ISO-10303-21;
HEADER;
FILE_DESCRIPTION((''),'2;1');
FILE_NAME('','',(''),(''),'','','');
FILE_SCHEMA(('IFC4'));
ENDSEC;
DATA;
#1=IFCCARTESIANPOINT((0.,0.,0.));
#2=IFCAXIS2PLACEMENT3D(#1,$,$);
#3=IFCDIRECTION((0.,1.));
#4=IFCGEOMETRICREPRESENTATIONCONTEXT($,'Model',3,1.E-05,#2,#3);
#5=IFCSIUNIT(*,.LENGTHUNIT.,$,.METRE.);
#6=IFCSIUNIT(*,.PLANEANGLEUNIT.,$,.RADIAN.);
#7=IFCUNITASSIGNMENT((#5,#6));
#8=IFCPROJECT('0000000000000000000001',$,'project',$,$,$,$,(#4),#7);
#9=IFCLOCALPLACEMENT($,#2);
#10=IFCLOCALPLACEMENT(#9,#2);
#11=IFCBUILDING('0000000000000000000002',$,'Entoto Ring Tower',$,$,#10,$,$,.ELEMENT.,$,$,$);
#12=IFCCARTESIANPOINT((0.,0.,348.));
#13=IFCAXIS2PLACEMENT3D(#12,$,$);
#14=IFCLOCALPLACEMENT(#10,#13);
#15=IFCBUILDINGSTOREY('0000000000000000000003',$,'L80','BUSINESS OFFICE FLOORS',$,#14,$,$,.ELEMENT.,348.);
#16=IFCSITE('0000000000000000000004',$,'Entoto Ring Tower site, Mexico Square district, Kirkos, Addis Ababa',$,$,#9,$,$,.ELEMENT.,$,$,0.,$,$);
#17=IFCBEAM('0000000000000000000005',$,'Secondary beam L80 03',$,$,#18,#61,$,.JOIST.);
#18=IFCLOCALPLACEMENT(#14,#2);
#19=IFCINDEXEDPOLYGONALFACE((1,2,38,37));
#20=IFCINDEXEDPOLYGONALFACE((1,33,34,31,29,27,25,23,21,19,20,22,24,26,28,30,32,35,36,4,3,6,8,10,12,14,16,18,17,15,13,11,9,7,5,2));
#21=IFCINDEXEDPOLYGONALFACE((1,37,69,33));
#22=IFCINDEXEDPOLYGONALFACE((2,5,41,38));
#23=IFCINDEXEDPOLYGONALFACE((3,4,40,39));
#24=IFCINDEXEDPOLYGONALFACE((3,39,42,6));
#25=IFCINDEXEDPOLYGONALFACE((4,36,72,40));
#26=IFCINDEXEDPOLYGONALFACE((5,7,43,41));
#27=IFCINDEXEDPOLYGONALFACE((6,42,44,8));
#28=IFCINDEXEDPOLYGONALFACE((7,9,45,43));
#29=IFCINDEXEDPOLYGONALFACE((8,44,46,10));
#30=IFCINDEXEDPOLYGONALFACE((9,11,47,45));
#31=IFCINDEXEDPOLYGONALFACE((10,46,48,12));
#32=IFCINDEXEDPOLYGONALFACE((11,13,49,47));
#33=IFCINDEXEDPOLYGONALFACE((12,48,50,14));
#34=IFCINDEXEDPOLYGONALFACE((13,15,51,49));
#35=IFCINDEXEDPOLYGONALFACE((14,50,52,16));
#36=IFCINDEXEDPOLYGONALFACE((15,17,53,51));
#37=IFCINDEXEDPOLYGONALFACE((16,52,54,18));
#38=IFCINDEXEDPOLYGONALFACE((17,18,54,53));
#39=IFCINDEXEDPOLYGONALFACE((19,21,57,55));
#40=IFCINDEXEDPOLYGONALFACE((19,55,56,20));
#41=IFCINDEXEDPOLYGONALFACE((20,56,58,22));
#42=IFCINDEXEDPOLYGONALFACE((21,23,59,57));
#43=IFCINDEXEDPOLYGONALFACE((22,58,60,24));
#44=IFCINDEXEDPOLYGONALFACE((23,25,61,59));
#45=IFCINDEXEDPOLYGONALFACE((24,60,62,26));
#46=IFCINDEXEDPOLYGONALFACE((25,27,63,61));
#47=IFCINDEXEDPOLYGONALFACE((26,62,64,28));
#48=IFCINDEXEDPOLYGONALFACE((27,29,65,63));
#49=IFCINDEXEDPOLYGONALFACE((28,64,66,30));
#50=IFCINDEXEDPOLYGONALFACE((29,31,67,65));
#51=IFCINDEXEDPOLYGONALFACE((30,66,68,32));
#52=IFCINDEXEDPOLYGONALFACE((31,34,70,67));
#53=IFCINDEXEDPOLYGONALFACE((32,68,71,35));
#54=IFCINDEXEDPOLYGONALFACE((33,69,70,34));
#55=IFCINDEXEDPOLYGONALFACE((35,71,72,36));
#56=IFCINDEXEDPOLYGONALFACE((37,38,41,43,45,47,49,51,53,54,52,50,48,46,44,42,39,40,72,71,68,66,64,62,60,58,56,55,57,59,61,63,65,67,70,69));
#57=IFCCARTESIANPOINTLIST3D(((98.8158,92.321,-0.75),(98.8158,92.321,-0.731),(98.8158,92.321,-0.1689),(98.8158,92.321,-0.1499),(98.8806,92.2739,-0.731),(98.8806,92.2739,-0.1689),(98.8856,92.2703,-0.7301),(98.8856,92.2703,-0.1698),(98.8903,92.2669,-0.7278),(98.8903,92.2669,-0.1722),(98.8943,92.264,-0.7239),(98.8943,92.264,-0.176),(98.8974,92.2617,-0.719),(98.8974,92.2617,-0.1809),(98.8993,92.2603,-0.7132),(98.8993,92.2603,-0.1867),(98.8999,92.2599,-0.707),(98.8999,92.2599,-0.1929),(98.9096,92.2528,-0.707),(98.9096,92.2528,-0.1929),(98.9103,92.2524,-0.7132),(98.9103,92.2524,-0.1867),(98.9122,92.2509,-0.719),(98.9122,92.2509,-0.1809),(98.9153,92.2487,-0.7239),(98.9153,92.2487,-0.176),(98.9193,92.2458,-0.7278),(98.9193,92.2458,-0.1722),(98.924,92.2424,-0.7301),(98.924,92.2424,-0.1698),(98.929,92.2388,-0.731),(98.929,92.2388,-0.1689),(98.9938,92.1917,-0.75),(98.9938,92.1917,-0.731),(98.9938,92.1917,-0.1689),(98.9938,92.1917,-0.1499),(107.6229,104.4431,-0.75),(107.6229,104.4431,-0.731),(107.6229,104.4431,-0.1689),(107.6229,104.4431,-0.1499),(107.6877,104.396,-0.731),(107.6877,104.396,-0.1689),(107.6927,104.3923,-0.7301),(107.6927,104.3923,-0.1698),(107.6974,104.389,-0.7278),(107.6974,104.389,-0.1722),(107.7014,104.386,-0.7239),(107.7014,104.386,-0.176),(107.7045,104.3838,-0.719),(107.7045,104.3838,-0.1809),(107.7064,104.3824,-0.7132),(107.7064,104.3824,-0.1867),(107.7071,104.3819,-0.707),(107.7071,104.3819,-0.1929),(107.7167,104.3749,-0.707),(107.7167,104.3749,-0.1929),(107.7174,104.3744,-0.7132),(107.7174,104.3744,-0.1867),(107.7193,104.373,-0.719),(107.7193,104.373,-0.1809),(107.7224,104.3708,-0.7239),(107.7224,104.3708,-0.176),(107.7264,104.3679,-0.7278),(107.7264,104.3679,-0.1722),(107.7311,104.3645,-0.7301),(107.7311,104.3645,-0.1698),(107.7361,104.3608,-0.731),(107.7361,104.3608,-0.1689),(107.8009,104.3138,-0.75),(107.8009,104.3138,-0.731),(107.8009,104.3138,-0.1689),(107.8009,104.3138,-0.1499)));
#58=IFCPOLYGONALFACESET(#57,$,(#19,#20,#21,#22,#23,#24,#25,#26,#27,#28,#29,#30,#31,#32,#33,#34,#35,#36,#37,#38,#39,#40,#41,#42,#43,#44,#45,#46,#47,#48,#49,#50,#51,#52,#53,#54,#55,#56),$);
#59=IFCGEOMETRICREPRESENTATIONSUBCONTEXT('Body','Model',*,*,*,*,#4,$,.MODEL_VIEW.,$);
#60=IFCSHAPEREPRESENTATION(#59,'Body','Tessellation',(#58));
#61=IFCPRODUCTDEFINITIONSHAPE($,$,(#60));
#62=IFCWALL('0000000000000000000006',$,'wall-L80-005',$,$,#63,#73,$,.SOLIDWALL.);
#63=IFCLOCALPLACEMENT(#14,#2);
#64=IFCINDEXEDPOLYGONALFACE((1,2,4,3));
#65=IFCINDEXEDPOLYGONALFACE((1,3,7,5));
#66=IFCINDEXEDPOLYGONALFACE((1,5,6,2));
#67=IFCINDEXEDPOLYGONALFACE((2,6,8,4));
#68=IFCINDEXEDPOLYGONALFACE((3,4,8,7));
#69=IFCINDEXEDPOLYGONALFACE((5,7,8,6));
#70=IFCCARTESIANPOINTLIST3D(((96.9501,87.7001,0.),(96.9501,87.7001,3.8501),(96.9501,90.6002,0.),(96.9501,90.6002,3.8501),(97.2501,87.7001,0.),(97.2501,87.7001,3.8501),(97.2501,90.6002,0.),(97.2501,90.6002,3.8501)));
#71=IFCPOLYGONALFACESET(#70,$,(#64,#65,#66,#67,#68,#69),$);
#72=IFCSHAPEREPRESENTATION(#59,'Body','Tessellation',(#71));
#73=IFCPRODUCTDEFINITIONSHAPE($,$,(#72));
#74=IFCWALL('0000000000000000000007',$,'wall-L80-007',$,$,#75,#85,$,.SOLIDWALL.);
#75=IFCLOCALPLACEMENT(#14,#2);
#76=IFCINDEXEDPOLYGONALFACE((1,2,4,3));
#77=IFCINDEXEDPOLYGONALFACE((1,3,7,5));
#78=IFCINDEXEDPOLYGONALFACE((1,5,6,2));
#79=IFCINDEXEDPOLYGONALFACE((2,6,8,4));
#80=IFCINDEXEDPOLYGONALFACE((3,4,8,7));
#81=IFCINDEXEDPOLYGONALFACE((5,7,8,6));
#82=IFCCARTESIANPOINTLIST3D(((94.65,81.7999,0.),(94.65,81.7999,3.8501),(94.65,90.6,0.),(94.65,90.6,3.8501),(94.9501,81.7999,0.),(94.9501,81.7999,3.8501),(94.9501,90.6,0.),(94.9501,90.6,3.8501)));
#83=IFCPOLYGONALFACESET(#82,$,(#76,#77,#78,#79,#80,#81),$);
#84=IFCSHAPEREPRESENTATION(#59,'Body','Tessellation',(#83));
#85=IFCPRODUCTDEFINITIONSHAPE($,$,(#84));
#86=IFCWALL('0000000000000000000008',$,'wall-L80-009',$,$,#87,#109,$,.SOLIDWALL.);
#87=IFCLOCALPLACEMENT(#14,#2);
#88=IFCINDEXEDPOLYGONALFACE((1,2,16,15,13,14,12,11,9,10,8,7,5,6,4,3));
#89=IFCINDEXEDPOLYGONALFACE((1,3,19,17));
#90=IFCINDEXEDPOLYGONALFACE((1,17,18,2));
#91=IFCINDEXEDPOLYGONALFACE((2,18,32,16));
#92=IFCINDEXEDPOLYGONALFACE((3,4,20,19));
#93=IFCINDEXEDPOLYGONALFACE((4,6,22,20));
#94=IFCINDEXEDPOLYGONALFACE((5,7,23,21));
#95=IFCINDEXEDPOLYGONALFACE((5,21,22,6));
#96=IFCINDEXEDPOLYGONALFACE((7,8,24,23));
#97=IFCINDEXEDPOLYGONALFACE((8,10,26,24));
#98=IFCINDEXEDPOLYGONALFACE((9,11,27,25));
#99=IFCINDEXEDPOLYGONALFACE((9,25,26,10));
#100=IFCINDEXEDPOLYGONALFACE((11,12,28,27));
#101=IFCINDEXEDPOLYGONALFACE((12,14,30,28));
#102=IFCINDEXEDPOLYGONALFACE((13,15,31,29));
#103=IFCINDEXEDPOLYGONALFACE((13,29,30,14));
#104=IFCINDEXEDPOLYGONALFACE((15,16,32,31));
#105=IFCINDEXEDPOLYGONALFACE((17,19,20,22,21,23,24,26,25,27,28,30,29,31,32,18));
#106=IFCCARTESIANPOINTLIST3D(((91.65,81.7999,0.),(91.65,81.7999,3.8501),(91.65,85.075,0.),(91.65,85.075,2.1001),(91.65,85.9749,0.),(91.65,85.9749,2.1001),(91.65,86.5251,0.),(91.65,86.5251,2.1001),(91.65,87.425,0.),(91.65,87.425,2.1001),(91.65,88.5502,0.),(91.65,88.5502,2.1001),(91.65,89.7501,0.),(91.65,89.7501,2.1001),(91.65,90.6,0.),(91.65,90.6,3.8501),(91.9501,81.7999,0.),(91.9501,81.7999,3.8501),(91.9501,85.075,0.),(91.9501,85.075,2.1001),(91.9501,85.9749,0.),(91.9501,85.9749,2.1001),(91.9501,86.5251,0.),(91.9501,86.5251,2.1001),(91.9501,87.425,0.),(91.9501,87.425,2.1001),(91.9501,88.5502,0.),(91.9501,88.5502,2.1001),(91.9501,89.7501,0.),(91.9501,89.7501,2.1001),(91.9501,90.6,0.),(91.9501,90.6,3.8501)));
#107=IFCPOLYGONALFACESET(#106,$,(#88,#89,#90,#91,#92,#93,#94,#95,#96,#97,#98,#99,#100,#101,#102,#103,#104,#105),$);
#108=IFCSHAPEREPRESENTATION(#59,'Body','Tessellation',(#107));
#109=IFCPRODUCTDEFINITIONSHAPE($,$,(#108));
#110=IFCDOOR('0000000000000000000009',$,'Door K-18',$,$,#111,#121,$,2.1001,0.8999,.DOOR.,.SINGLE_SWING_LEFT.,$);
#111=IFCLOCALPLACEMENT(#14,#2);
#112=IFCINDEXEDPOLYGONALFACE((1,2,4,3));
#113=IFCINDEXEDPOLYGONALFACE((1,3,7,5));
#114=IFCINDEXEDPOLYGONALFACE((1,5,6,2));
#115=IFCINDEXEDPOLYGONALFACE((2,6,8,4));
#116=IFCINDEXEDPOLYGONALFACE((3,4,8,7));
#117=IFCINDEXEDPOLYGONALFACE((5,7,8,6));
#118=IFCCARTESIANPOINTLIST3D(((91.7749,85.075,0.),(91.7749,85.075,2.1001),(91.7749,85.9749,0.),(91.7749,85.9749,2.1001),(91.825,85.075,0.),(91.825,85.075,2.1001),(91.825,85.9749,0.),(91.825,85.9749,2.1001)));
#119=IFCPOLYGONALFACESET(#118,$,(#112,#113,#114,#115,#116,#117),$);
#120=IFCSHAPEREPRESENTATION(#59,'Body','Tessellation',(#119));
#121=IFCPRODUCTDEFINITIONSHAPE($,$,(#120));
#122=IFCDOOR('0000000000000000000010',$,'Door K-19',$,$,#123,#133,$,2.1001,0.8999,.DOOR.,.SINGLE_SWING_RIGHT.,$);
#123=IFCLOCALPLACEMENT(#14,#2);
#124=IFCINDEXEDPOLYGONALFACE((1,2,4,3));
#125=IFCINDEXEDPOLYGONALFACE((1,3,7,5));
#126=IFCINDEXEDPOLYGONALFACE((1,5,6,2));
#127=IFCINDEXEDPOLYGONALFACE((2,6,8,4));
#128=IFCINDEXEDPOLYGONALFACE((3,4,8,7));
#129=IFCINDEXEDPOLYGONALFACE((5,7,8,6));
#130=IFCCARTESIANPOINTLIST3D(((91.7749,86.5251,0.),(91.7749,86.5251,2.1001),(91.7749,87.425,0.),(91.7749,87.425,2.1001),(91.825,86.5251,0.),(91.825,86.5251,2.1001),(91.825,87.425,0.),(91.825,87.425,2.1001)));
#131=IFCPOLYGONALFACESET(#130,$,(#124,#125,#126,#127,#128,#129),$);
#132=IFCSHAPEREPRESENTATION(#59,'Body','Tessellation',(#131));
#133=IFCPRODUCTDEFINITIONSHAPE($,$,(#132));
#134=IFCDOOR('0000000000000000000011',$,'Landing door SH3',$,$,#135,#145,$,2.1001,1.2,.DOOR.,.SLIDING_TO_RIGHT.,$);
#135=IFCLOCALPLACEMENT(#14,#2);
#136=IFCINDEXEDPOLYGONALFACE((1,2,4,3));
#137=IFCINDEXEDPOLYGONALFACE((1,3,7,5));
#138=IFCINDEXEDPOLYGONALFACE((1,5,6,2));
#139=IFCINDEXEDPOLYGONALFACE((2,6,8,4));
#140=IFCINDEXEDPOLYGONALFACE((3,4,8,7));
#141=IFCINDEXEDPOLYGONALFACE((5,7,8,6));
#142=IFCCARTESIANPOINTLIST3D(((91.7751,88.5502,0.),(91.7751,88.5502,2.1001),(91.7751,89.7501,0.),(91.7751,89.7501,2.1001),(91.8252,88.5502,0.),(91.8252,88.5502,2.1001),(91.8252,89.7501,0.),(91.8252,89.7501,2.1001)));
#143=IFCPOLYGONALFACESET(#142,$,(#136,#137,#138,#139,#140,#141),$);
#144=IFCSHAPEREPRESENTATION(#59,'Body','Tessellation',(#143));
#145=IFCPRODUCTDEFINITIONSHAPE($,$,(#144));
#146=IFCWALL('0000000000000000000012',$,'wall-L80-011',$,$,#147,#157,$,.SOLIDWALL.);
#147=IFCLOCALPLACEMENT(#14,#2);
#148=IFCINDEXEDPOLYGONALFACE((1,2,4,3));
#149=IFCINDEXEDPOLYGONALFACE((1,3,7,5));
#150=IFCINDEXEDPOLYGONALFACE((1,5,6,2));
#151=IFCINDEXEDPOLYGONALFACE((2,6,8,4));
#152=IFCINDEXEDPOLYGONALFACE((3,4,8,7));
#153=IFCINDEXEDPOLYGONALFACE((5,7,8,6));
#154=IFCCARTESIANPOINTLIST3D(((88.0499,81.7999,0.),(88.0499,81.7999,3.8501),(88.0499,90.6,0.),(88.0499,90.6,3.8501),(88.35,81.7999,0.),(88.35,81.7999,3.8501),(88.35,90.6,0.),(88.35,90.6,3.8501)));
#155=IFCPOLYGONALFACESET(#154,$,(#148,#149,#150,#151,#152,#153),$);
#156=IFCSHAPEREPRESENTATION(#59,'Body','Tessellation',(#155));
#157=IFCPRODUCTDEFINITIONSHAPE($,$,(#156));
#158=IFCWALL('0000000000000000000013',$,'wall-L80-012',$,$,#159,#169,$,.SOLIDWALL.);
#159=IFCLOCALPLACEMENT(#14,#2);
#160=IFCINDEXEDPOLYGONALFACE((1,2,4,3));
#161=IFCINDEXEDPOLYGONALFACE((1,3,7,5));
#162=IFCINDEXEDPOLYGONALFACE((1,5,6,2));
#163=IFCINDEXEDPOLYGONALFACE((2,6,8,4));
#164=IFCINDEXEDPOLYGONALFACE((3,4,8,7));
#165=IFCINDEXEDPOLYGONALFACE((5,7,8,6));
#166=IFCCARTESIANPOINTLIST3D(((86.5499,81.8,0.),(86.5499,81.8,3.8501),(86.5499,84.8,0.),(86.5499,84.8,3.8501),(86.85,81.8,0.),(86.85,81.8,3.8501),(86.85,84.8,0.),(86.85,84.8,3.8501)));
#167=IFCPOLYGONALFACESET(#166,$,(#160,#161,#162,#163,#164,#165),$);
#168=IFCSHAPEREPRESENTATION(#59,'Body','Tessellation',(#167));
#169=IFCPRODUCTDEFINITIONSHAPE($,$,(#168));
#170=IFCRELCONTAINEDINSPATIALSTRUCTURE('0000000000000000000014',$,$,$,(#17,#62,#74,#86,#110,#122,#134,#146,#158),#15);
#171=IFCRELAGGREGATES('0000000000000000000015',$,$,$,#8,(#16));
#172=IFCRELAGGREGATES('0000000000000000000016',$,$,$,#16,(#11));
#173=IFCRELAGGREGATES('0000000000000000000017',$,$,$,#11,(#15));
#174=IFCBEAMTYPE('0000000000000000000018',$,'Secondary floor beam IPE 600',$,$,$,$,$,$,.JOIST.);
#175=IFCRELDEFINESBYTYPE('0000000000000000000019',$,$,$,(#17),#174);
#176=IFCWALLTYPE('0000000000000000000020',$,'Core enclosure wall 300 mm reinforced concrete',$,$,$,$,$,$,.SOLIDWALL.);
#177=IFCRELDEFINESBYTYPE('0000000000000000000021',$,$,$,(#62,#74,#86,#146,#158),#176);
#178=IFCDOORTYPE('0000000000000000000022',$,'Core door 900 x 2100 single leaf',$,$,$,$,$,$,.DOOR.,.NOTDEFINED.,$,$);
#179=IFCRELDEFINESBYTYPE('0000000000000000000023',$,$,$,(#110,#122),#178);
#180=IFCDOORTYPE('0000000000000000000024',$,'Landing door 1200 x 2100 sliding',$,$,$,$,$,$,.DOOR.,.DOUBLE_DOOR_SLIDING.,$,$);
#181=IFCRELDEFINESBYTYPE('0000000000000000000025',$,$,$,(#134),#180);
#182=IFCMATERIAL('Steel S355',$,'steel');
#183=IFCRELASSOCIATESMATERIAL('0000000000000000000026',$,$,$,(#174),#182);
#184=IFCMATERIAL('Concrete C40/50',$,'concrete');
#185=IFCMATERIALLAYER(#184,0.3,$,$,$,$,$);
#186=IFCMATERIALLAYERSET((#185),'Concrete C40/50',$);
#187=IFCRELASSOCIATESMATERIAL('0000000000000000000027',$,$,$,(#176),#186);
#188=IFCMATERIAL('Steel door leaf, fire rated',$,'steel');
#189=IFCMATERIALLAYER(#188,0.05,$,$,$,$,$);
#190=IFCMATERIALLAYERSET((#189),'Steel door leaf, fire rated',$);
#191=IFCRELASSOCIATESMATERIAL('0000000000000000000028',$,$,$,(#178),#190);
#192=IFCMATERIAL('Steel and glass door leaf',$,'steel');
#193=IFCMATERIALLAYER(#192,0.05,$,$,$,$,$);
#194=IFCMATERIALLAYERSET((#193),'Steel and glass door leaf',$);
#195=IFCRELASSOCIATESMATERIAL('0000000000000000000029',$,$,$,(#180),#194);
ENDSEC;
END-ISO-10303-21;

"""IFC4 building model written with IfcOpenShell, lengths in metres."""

from ifc_helpers import new_model, si_unit, direction, frame, frame_2d, origin, origin_2d, place, context, subcontext, project, spatial, rectangle, i_section, extrude, material, layer, layer_set, material_profile, profile_set, type_object, element, fill, save


model = new_model("IFC4")

# Units and contexts
model_context = context("Model", 3, precision=1e-05, world=origin(), true_north=direction((0.0, 1.0)))
body_context = subcontext(model_context, "Body", "Model", "MODEL_VIEW")
ifc_project = project(units=[si_unit("LENGTHUNIT", "METRE"), si_unit("PLANEANGLEUNIT", "RADIAN")], contexts=[model_context])

# Site, building, storey
site_placement = place(None, origin())
site = spatial("IfcSite", under=ifc_project, at=site_placement, Name="Entoto Ring Tower site, Mexico Square district, Kirkos, Addis Ababa", CompositionType="ELEMENT", RefElevation=0.0)
building_placement = place(site_placement, origin())
building = spatial("IfcBuilding", under=site, at=building_placement, Name="Entoto Ring Tower", CompositionType="ELEMENT")
storey_placement = place(building_placement, frame((0.0, 0.0, 348.0)))
storey = spatial("IfcBuildingStorey", under=building, at=storey_placement, Name="L80", Description="BUSINESS OFFICE FLOORS", CompositionType="ELEMENT", Elevation=348.0)

# Beam
ifc_material_1 = material(Name="Steel S355", Category="steel")
ifc_material_profile = material_profile(ifc_material_1, i_section(OverallWidth=0.22, OverallDepth=0.6001, WebThickness=0.012, FlangeThickness=0.019, FilletRadius=0.0239, at=origin_2d()), Name="IPE 600")
ifc_profile_set = profile_set([ifc_material_profile], Name="Steel S355")
beam_type = type_object("IfcBeamType", Name="Secondary floor beam IPE 600", PredefinedType="JOIST", material=ifc_profile_set)
beam_placement = place(storey_placement, frame((98.9048, 92.2563, -0.45), z_axis=(0.587782, 0.809019, 0.0), x_axis=(-0.809019, 0.587782, 0.0)))
element("IfcBeam", 1, at=beam_placement, inside=storey, type_object=beam_type, Name="Secondary beam L80 03", PredefinedType="JOIST", context=body_context, shape_type="SweptSolid", body=[
    extrude(i_section(OverallWidth=0.22, OverallDepth=0.6001, WebThickness=0.012, FlangeThickness=0.019, FilletRadius=0.0239, at=origin_2d()), origin(), (0.0, 0.0, 1.0), 14.9836),
])

# Walls
ifc_material_2 = material(Name="Concrete C40/50", Category="concrete")
ifc_layer_1 = layer(ifc_material_2, 0.3)
ifc_layer_set_1 = layer_set([ifc_layer_1], Name="Concrete C40/50")
wall_type = type_object("IfcWallType", Name="Core enclosure wall 300 mm reinforced concrete", PredefinedType="SOLIDWALL", material=ifc_layer_set_1)
wall_1_placement = place(storey_placement, frame((97.1001, 87.7, 0.0), z_axis=(0.0, 0.0, 1.0), x_axis=(0.0, 1.0, 0.0)))
element("IfcWall", 2, at=wall_1_placement, inside=storey, type_object=wall_type, Name="wall-L80-005", PredefinedType="SOLIDWALL", context=body_context, shape_type="SweptSolid", body=[
    extrude(rectangle(XDim=2.9001, YDim=0.3, at=frame_2d((1.4502, 0.0))), origin(), (0.0, 0.0, 1.0), 3.8501),
])
wall_2_placement = place(storey_placement, frame((94.8, 81.8, 0.0), z_axis=(0.0, 0.0, 1.0), x_axis=(0.0, 1.0, 0.0)))
element("IfcWall", 3, at=wall_2_placement, inside=storey, type_object=wall_type, Name="wall-L80-007", PredefinedType="SOLIDWALL", context=body_context, shape_type="SweptSolid", body=[
    extrude(rectangle(XDim=8.8, YDim=0.3, at=frame_2d((4.3999, 0.0))), origin(), (0.0, 0.0, 1.0), 3.8501),
])

# Wall, openings, doors
wall_3_placement = place(storey_placement, frame((91.8, 81.8, 0.0), z_axis=(0.0, 0.0, 1.0), x_axis=(0.0, 1.0, 0.0)))
wall_3 = element("IfcWall", 4, at=wall_3_placement, inside=storey, type_object=wall_type, Name="wall-L80-009", PredefinedType="SOLIDWALL", context=body_context, shape_type="SweptSolid", body=[
    extrude(rectangle(XDim=8.8, YDim=0.3, at=frame_2d((4.3999, 0.0))), origin(), (0.0, 0.0, 1.0), 3.8501),
])
opening_1_placement = place(wall_3_placement, frame((6.75, 0.0, 0.0)))
opening_1 = element("IfcOpeningElement", 5, at=opening_1_placement, cuts=wall_3, PredefinedType="OPENING", context=body_context, shape_type="SweptSolid", body=[
    extrude(rectangle(XDim=1.2, YDim=2.1001, at=frame_2d((0.6001, 1.05))), frame((0.0, 0.1602, 0.0), z_axis=(0.0, -1.0, 0.0), x_axis=(1.0, 0.0, 0.0)), (0.0, 0.0, 1.0), 0.3201),
])
opening_2_placement = place(wall_3_placement, frame((3.2749, 0.0, 0.0)))
opening_2 = element("IfcOpeningElement", 6, at=opening_2_placement, cuts=wall_3, PredefinedType="OPENING", context=body_context, shape_type="SweptSolid", body=[
    extrude(rectangle(XDim=0.8999, YDim=2.1001, at=frame_2d((0.45, 1.05))), frame((0.0, 0.1602, 0.0), z_axis=(0.0, -1.0, 0.0), x_axis=(1.0, 0.0, 0.0)), (0.0, 0.0, 1.0), 0.3201),
])
opening_3_placement = place(wall_3_placement, frame((4.7251, 0.0, 0.0)))
opening_3 = element("IfcOpeningElement", 7, at=opening_3_placement, cuts=wall_3, PredefinedType="OPENING", context=body_context, shape_type="SweptSolid", body=[
    extrude(rectangle(XDim=0.8999, YDim=2.1001, at=frame_2d((0.45, 1.05))), frame((0.0, 0.1602, 0.0), z_axis=(0.0, -1.0, 0.0), x_axis=(1.0, 0.0, 0.0)), (0.0, 0.0, 1.0), 0.3201),
])
ifc_material_3 = material(Name="Steel door leaf, fire rated", Category="steel")
ifc_layer_2 = layer(ifc_material_3, 0.05)
ifc_layer_set_2 = layer_set([ifc_layer_2], Name="Steel door leaf, fire rated")
door_type_1 = type_object("IfcDoorType", Name="Core door 900 x 2100 single leaf", OperationType="NOTDEFINED", PredefinedType="DOOR", material=ifc_layer_set_2)
door_1_placement = place(opening_2_placement, frame((0.8999, 0.0, 0.0), z_axis=(0.0, 0.0, 1.0), x_axis=(-1.0, 0.0, 0.0)))
door_1 = element("IfcDoor", 8, at=door_1_placement, inside=storey, type_object=door_type_1, Name="Door K-18", OperationType="SINGLE_SWING_LEFT", OverallHeight=2.1001, OverallWidth=0.8999, PredefinedType="DOOR", context=body_context, shape_type="SweptSolid", body=[
    extrude(rectangle(XDim=0.8999, YDim=2.1001, at=frame_2d((0.45, 1.05))), frame((0.0, 0.0249, 0.0), z_axis=(0.0, -1.0, 0.0), x_axis=(1.0, 0.0, 0.0)), (0.0, 0.0, 1.0), 0.05),
])
fill(opening_2, door_1)
door_2_placement = place(opening_3_placement, frame((0.8999, 0.0, 0.0), z_axis=(0.0, 0.0, 1.0), x_axis=(-1.0, 0.0, 0.0)))
door_2 = element("IfcDoor", 9, at=door_2_placement, inside=storey, type_object=door_type_1, Name="Door K-19", OperationType="SINGLE_SWING_RIGHT", OverallHeight=2.1001, OverallWidth=0.8999, PredefinedType="DOOR", context=body_context, shape_type="SweptSolid", body=[
    extrude(rectangle(XDim=0.8999, YDim=2.1001, at=frame_2d((0.45, 1.05))), frame((0.0, 0.0249, 0.0), z_axis=(0.0, -1.0, 0.0), x_axis=(1.0, 0.0, 0.0)), (0.0, 0.0, 1.0), 0.05),
])
fill(opening_3, door_2)
ifc_material_4 = material(Name="Steel and glass door leaf", Category="steel")
ifc_layer_3 = layer(ifc_material_4, 0.05)
ifc_layer_set_3 = layer_set([ifc_layer_3], Name="Steel and glass door leaf")
door_type_2 = type_object("IfcDoorType", Name="Landing door 1200 x 2100 sliding", OperationType="DOUBLE_DOOR_SLIDING", PredefinedType="DOOR", material=ifc_layer_set_3)
door_3_placement = place(opening_1_placement, origin())
door_3 = element("IfcDoor", 10, at=door_3_placement, inside=storey, type_object=door_type_2, Name="Landing door SH3", OperationType="SLIDING_TO_RIGHT", OverallHeight=2.1001, OverallWidth=1.2, PredefinedType="DOOR", context=body_context, shape_type="SweptSolid", body=[
    extrude(rectangle(XDim=1.2, YDim=2.1001, at=frame_2d((0.6001, 1.05))), frame((0.0, 0.0249, 0.0), z_axis=(0.0, -1.0, 0.0), x_axis=(1.0, 0.0, 0.0)), (0.0, 0.0, 1.0), 0.05),
])
fill(opening_1, door_3)

# Walls
wall_4_placement = place(storey_placement, frame((88.2, 81.8, 0.0), z_axis=(0.0, 0.0, 1.0), x_axis=(0.0, 1.0, 0.0)))
element("IfcWall", 11, at=wall_4_placement, inside=storey, type_object=wall_type, Name="wall-L80-011", PredefinedType="SOLIDWALL", context=body_context, shape_type="SweptSolid", body=[
    extrude(rectangle(XDim=8.8, YDim=0.3, at=frame_2d((4.3999, 0.0))), origin(), (0.0, 0.0, 1.0), 3.8501),
])
wall_5_placement = place(storey_placement, frame((86.7, 81.8, 0.0), z_axis=(0.0, 0.0, 1.0), x_axis=(0.0, 1.0, 0.0)))
element("IfcWall", 12, at=wall_5_placement, inside=storey, type_object=wall_type, Name="wall-L80-012", PredefinedType="SOLIDWALL", context=body_context, shape_type="SweptSolid", body=[
    extrude(rectangle(XDim=3.0, YDim=0.3, at=frame_2d((1.5, 0.0))), origin(), (0.0, 0.0, 1.0), 3.8501),
])

save(model, "model.ifc")
